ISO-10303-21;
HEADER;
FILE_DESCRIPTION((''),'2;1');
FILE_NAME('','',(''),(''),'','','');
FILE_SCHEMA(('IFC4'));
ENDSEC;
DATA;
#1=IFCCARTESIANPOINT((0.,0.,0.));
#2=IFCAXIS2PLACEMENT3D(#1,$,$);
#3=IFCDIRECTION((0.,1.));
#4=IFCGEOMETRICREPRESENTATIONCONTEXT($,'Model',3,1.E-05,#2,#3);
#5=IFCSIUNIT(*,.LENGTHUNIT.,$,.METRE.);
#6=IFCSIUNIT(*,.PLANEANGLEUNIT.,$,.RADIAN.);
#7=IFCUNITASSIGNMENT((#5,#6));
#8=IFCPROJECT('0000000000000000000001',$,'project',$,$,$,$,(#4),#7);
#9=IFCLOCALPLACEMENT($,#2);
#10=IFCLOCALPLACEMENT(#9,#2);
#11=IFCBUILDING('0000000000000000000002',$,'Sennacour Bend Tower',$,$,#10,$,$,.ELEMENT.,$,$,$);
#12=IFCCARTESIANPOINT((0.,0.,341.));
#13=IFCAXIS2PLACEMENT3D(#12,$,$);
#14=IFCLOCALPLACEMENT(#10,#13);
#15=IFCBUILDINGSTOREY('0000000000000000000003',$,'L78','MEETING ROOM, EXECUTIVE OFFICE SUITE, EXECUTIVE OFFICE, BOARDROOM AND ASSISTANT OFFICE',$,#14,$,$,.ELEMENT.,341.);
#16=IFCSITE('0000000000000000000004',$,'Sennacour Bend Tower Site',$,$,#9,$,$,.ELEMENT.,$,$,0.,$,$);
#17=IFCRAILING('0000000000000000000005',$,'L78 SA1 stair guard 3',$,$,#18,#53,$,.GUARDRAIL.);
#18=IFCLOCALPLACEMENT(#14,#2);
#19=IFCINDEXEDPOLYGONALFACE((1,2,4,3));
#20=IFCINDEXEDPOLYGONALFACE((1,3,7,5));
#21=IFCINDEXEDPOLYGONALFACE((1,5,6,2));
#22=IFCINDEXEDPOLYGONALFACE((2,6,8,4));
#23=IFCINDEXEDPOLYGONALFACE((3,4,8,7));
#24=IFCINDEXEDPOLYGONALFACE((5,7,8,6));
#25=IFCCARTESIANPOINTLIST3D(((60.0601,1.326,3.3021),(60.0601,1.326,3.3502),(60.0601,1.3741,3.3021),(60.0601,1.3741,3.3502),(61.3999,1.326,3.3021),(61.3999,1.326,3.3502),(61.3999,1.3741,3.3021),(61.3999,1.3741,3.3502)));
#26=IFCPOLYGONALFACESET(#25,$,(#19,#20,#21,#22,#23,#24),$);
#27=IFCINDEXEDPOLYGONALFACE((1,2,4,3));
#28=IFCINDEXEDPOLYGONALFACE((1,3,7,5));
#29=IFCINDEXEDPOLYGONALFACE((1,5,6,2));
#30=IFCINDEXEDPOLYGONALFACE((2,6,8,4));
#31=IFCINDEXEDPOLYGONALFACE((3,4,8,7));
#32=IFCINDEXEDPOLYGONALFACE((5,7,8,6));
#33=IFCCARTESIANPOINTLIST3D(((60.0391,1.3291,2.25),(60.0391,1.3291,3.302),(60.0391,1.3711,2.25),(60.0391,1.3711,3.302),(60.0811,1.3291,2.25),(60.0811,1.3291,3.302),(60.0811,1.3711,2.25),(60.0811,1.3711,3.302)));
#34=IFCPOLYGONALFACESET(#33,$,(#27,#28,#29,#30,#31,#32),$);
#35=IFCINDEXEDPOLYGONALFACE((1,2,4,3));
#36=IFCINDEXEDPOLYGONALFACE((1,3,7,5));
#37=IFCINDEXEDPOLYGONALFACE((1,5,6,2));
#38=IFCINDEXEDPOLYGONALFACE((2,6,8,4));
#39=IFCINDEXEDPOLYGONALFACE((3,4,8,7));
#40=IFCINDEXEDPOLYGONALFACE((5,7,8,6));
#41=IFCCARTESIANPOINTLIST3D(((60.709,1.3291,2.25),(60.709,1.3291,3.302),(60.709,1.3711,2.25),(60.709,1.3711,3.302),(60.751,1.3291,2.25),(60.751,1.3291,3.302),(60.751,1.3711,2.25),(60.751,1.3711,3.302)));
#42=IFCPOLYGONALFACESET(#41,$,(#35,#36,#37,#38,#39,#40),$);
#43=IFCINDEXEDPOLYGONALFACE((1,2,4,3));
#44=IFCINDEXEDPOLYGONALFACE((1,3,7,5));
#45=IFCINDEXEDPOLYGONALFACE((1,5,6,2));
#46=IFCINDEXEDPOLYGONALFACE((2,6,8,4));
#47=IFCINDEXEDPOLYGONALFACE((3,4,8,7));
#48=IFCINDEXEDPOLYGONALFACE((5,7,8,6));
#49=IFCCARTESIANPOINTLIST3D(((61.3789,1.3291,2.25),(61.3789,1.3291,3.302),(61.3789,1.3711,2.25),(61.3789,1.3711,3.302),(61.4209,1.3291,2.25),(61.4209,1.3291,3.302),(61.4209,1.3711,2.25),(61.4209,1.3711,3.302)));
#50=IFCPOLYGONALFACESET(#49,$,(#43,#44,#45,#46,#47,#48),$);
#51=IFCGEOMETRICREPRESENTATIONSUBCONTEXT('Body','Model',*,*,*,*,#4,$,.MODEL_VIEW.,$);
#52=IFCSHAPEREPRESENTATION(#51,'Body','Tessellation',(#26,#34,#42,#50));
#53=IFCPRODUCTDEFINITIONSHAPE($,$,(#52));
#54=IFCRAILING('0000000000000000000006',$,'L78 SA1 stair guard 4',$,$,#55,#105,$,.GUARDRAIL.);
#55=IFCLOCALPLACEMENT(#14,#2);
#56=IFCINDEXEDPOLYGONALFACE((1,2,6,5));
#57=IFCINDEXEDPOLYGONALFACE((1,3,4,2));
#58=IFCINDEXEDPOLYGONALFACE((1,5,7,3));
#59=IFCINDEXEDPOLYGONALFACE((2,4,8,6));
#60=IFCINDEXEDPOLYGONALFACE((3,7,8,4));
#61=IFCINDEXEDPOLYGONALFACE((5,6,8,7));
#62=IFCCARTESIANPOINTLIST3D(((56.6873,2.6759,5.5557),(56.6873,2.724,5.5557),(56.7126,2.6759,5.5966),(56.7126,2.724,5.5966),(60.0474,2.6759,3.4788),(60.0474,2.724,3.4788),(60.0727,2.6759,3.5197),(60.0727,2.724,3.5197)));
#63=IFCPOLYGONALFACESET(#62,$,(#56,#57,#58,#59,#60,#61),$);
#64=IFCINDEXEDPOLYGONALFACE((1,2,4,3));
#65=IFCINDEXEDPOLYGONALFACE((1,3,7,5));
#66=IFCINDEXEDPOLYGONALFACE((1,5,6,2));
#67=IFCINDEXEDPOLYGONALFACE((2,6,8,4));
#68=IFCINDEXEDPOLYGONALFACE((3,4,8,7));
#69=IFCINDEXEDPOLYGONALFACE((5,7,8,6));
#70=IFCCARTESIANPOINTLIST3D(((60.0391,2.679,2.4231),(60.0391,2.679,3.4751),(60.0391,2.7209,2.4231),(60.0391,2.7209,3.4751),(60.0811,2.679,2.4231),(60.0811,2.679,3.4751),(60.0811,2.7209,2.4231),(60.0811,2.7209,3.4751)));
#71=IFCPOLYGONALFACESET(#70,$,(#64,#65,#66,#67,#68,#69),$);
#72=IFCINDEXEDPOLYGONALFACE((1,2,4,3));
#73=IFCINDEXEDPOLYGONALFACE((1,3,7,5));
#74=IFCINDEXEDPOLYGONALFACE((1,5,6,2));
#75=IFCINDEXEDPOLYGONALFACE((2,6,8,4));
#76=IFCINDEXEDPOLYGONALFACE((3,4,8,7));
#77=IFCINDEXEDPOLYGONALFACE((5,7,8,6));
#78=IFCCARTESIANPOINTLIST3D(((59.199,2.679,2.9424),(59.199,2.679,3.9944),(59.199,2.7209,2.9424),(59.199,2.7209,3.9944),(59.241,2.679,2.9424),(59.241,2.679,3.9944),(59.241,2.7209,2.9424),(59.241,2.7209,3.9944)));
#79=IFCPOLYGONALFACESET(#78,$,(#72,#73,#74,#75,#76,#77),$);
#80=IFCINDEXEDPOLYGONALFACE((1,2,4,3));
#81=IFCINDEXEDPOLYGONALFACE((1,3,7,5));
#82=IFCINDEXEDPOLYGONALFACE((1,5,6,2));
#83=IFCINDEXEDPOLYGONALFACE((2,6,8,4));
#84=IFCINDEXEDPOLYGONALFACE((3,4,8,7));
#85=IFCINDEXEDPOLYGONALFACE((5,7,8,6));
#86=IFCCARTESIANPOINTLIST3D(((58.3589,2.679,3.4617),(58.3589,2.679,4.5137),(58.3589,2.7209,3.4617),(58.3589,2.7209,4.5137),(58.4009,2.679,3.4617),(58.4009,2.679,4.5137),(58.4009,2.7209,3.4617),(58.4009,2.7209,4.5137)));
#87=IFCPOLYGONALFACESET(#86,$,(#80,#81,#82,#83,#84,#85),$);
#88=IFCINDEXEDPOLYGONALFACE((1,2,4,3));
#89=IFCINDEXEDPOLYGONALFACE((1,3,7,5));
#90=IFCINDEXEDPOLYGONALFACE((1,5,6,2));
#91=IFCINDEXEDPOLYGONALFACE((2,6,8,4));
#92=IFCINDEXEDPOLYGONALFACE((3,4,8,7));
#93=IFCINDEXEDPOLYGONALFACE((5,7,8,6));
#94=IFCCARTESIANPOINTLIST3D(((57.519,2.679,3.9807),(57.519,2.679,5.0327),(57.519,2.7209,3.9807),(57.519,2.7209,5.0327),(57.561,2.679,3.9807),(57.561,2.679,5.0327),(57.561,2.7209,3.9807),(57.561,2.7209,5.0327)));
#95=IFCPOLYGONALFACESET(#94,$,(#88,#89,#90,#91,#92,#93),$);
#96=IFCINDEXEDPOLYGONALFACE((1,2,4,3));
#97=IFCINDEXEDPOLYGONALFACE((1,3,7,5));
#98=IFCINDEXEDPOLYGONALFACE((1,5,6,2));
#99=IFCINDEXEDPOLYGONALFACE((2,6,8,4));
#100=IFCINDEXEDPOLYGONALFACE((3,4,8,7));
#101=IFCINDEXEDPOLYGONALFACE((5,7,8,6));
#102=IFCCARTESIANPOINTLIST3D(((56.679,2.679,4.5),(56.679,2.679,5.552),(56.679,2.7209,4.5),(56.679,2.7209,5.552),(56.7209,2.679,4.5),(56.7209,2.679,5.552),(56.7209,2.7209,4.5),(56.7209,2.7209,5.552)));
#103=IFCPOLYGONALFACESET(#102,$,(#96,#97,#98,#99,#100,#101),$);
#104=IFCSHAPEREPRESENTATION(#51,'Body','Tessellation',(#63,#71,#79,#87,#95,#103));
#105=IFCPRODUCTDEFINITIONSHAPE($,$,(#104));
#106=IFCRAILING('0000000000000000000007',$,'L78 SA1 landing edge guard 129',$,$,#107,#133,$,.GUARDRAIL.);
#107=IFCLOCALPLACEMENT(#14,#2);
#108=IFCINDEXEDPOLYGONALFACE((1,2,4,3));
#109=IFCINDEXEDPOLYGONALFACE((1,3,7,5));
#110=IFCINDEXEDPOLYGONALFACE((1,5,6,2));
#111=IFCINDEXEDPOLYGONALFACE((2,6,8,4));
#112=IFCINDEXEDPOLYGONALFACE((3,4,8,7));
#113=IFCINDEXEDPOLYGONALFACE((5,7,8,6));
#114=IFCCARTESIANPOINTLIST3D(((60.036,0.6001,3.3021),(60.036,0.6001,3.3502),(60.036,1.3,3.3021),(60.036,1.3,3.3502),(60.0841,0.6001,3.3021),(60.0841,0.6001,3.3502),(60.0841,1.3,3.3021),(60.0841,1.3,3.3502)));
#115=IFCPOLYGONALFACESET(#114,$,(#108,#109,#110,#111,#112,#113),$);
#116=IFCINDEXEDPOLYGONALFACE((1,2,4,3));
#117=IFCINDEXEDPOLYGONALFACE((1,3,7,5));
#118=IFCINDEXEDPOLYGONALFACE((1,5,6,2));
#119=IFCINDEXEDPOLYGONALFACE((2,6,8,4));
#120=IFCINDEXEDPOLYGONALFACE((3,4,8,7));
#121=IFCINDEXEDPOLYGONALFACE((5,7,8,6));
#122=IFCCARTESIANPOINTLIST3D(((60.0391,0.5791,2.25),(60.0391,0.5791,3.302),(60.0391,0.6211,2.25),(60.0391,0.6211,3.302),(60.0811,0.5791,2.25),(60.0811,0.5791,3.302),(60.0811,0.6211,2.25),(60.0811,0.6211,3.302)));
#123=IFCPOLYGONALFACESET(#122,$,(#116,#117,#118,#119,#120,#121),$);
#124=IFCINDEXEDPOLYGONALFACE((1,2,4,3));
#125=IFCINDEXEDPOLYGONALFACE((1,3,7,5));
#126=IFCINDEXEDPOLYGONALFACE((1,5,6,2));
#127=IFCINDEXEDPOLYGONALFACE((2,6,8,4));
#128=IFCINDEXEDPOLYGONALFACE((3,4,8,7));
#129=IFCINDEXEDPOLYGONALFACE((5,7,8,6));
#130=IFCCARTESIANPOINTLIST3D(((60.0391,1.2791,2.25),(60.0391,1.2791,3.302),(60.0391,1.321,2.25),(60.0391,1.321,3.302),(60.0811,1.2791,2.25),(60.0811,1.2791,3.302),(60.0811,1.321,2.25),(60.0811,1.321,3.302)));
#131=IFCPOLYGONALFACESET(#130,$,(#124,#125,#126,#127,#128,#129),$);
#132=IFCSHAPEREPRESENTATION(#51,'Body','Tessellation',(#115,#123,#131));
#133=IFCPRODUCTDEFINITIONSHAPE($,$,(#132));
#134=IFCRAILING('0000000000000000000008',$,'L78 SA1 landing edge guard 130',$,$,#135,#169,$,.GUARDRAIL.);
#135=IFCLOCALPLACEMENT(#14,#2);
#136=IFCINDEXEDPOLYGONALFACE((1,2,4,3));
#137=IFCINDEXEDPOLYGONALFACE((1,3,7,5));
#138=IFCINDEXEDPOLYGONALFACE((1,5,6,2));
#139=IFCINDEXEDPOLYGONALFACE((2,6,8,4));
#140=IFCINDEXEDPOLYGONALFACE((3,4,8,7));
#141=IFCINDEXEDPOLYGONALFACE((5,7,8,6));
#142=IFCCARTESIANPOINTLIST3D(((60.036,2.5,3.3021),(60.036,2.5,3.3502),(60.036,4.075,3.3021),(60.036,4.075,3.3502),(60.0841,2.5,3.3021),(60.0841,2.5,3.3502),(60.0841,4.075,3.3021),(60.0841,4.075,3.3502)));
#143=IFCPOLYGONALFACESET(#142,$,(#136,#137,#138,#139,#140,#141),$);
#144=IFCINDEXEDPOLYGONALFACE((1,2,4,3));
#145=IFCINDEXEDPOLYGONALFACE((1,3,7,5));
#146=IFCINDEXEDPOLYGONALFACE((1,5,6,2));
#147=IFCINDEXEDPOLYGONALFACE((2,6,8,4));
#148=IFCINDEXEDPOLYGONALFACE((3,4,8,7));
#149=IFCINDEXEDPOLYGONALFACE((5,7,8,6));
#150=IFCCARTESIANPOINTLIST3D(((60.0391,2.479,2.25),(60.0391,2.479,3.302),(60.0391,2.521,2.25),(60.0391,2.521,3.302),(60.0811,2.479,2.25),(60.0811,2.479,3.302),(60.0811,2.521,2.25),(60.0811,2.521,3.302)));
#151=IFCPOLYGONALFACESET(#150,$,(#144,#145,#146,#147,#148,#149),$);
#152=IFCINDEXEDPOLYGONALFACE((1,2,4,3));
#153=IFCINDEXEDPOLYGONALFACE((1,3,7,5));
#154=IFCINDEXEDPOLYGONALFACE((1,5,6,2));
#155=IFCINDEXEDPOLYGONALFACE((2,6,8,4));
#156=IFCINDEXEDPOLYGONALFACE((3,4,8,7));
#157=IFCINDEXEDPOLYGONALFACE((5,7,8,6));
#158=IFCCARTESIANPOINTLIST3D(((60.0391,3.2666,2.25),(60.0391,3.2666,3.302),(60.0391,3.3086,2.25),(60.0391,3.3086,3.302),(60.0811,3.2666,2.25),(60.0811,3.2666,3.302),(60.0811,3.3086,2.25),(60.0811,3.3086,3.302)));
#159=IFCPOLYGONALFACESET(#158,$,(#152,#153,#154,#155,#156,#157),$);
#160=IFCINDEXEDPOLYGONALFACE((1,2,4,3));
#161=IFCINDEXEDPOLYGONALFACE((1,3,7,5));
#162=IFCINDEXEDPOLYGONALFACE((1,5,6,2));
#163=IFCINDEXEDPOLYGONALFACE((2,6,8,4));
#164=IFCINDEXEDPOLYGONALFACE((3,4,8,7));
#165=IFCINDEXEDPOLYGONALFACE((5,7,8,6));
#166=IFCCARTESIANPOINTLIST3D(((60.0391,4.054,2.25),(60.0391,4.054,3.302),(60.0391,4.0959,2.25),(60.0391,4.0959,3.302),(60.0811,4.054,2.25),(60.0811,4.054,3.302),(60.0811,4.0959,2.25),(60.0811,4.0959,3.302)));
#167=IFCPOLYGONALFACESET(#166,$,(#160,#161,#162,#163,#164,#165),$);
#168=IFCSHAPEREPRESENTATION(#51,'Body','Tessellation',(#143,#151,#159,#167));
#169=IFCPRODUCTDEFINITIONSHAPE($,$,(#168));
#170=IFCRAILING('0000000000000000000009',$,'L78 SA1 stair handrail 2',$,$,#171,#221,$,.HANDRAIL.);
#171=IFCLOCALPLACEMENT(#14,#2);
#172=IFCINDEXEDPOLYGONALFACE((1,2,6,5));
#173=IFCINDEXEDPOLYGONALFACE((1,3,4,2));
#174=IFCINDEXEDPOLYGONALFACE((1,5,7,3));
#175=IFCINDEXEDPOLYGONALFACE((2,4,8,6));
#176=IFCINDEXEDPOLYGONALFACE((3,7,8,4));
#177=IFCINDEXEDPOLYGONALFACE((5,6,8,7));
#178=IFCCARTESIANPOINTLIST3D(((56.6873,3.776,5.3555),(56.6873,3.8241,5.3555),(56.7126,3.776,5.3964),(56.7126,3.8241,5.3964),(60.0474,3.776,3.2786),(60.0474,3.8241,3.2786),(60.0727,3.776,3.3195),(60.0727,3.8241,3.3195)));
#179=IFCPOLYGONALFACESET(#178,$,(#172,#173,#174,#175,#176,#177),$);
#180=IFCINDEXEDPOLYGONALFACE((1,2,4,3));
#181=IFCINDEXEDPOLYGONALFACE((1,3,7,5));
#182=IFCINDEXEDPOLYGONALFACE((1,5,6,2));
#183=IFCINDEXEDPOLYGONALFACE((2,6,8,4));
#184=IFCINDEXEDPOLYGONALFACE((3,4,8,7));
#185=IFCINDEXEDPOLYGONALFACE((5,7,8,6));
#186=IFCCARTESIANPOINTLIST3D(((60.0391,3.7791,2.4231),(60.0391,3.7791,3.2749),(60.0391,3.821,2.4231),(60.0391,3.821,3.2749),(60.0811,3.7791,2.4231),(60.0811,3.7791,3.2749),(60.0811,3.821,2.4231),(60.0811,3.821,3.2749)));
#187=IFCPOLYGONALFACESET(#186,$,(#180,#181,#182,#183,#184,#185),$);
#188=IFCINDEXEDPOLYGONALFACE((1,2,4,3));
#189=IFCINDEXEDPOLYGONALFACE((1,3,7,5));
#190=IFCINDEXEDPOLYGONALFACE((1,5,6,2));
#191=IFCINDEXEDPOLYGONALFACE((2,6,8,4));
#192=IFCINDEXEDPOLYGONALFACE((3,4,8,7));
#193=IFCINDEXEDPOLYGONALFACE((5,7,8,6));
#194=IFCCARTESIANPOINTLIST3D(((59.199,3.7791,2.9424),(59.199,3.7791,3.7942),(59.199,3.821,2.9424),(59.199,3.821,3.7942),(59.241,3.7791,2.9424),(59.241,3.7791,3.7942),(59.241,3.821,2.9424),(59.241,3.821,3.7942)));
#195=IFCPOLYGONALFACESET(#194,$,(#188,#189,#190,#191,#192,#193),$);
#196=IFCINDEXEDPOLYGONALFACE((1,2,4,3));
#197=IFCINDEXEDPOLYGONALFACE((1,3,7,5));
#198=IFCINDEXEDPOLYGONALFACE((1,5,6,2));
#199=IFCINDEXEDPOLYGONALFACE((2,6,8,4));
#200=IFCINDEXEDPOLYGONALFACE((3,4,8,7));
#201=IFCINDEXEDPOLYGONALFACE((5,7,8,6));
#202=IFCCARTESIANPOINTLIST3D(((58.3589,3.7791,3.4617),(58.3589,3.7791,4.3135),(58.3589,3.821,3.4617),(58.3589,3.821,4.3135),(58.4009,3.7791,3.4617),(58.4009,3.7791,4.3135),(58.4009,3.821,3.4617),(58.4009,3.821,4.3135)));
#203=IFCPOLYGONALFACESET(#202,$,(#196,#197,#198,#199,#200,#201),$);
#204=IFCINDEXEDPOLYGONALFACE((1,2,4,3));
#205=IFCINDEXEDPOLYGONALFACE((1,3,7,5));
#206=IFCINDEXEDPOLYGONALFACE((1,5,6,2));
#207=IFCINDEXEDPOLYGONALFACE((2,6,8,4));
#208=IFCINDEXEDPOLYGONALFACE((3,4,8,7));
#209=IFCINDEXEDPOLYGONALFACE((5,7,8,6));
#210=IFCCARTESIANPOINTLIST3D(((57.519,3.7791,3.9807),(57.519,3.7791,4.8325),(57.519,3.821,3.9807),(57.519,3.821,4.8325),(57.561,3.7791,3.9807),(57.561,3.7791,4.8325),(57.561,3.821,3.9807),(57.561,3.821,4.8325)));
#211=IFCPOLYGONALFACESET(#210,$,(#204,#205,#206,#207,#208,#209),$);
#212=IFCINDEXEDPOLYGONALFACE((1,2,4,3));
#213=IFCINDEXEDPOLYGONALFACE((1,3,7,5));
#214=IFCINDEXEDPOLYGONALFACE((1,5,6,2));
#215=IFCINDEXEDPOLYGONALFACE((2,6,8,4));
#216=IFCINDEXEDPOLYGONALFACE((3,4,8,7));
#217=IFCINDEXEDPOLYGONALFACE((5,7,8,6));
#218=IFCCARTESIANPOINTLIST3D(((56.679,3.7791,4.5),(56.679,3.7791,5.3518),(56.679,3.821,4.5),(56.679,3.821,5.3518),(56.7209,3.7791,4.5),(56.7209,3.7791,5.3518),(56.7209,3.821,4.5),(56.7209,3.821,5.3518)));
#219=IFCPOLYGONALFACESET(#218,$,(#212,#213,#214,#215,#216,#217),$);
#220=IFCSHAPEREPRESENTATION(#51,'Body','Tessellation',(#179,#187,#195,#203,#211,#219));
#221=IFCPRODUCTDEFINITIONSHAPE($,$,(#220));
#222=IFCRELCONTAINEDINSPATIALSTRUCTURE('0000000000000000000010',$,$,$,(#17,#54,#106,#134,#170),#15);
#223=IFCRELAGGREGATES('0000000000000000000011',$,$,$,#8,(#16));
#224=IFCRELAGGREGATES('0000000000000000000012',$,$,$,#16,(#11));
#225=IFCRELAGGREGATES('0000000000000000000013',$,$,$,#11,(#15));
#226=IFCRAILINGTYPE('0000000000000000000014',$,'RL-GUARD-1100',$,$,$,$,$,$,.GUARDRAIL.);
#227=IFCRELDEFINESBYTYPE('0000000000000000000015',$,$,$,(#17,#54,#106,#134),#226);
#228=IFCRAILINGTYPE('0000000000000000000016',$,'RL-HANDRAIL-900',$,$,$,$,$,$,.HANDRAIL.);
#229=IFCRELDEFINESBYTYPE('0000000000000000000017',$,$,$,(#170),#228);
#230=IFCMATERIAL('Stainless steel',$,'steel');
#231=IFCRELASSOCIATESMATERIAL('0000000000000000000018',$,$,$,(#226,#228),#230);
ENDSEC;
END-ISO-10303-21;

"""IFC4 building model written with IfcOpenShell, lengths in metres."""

from ifc_helpers import new_model, si_unit, direction, frame, origin, origin_2d, place, context, subcontext, project, spatial, rectangle, extrude, material, type_object, element, save


model = new_model("IFC4")

# Units and contexts
model_context = context("Model", 3, precision=1e-05, world=origin(), true_north=direction((0.0, 1.0)))
body_context = subcontext(model_context, "Body", "Model", "MODEL_VIEW")
ifc_project = project(units=[si_unit("LENGTHUNIT", "METRE"), si_unit("PLANEANGLEUNIT", "RADIAN")], contexts=[model_context])

# Site, building, storey
site_placement = place(None, origin())
site = spatial("IfcSite", under=ifc_project, at=site_placement, Name="Sennacour Bend Tower Site", CompositionType="ELEMENT", RefElevation=0.0)
building_placement = place(site_placement, origin())
building = spatial("IfcBuilding", under=site, at=building_placement, Name="Sennacour Bend Tower", CompositionType="ELEMENT")
storey_placement = place(building_placement, frame((0.0, 0.0, 341.0)))
storey = spatial("IfcBuildingStorey", under=building, at=storey_placement, Name="L78", Description="MEETING ROOM, EXECUTIVE OFFICE SUITE, EXECUTIVE OFFICE, BOARDROOM AND ASSISTANT OFFICE", CompositionType="ELEMENT", Elevation=341.0)

# Railings
ifc_material_1 = material(Name="Stainless steel", Category="steel")
railing_type_1 = type_object("IfcRailingType", Name="RL-GUARD-1100", PredefinedType="GUARDRAIL", material=ifc_material_1)
railing_1_placement = place(storey_placement, frame((60.0601, 1.3501, 2.25)))
element("IfcRailing", 1, at=railing_1_placement, inside=storey, type_object=railing_type_1, Name="L78 SA1 stair guard 3", PredefinedType="GUARDRAIL", context=body_context, shape_type="SweptSolid", body=[
    extrude(rectangle(XDim=0.0481, YDim=0.0481, at=origin_2d()), frame((0.0, 0.0, 1.0762), z_axis=(1.0, 0.0, 0.0), x_axis=(0.0, 1.0, 0.0)), (0.0, 0.0, 1.0), 1.3398),
    extrude(rectangle(XDim=0.042, YDim=0.042, at=origin_2d()), origin(), (0.0, 0.0, 1.0), 1.052),
    extrude(rectangle(XDim=0.042, YDim=0.042, at=origin_2d()), frame((0.6699, 0.0, 0.0)), (0.0, 0.0, 1.0), 1.052),
    extrude(rectangle(XDim=0.042, YDim=0.042, at=origin_2d()), frame((1.3398, 0.0, 0.0)), (0.0, 0.0, 1.0), 1.052),
])
railing_2_placement = place(storey_placement, frame((60.0601, 2.7, 2.4231)))
element("IfcRailing", 2, at=railing_2_placement, inside=storey, type_object=railing_type_1, Name="L78 SA1 stair guard 4", PredefinedType="GUARDRAIL", context=body_context, shape_type="SweptSolid", body=[
    extrude(rectangle(XDim=0.0481, YDim=0.0481, at=origin_2d()), frame((0.0, 0.0, 1.0762), z_axis=(-0.850623, 0.0, 0.525776), x_axis=(0.0, -1.0, 0.0)), (0.0, 0.0, 1.0), 3.9502),
    extrude(rectangle(XDim=0.042, YDim=0.042, at=origin_2d()), origin(), (0.0, 0.0, 1.0), 1.052),
    extrude(rectangle(XDim=0.042, YDim=0.042, at=origin_2d()), frame((-0.8401, 0.0, 0.5193)), (0.0, 0.0, 1.0), 1.052),
    extrude(rectangle(XDim=0.042, YDim=0.042, at=origin_2d()), frame((-1.6802, 0.0, 1.0386)), (0.0, 0.0, 1.0), 1.052),
    extrude(rectangle(XDim=0.042, YDim=0.042, at=origin_2d()), frame((-2.52, 0.0, 1.5576)), (0.0, 0.0, 1.0), 1.052),
    extrude(rectangle(XDim=0.042, YDim=0.042, at=origin_2d()), frame((-3.3601, 0.0, 2.0769)), (0.0, 0.0, 1.0), 1.052),
])
railing_3_placement = place(storey_placement, frame((60.0601, 0.6001, 2.25)))
element("IfcRailing", 3, at=railing_3_placement, inside=storey, type_object=railing_type_1, Name="L78 SA1 landing edge guard 129", PredefinedType="GUARDRAIL", context=body_context, shape_type="SweptSolid", body=[
    extrude(rectangle(XDim=0.0481, YDim=0.0481, at=origin_2d()), frame((0.0, 0.0, 1.0762), z_axis=(0.0, 1.0, 0.0), x_axis=(-1.0, 0.0, 0.0)), (0.0, 0.0, 1.0), 0.7),
    extrude(rectangle(XDim=0.042, YDim=0.042, at=origin_2d()), origin(), (0.0, 0.0, 1.0), 1.052),
    extrude(rectangle(XDim=0.042, YDim=0.042, at=origin_2d()), frame((0.0, 0.7, 0.0)), (0.0, 0.0, 1.0), 1.052),
])
railing_4_placement = place(storey_placement, frame((60.0601, 2.5, 2.25)))
element("IfcRailing", 4, at=railing_4_placement, inside=storey, type_object=railing_type_1, Name="L78 SA1 landing edge guard 130", PredefinedType="GUARDRAIL", context=body_context, shape_type="SweptSolid", body=[
    extrude(rectangle(XDim=0.0481, YDim=0.0481, at=origin_2d()), frame((0.0, 0.0, 1.0762), z_axis=(0.0, 1.0, 0.0), x_axis=(-1.0, 0.0, 0.0)), (0.0, 0.0, 1.0), 1.575),
    extrude(rectangle(XDim=0.042, YDim=0.042, at=origin_2d()), origin(), (0.0, 0.0, 1.0), 1.052),
    extrude(rectangle(XDim=0.042, YDim=0.042, at=origin_2d()), frame((0.0, 0.7876, 0.0)), (0.0, 0.0, 1.0), 1.052),
    extrude(rectangle(XDim=0.042, YDim=0.042, at=origin_2d()), frame((0.0, 1.575, 0.0)), (0.0, 0.0, 1.0), 1.052),
])
railing_type_2 = type_object("IfcRailingType", Name="RL-HANDRAIL-900", PredefinedType="HANDRAIL", material=ifc_material_1)
railing_5_placement = place(storey_placement, frame((60.0601, 3.8, 2.4231)))
element("IfcRailing", 5, at=railing_5_placement, inside=storey, type_object=railing_type_2, Name="L78 SA1 stair handrail 2", PredefinedType="HANDRAIL", context=body_context, shape_type="SweptSolid", body=[
    extrude(rectangle(XDim=0.0481, YDim=0.0481, at=origin_2d()), frame((0.0, 0.0, 0.876), z_axis=(-0.850623, 0.0, 0.525776), x_axis=(0.0, -1.0, 0.0)), (0.0, 0.0, 1.0), 3.9502),
    extrude(rectangle(XDim=0.042, YDim=0.042, at=origin_2d()), origin(), (0.0, 0.0, 1.0), 0.8518),
    extrude(rectangle(XDim=0.042, YDim=0.042, at=origin_2d()), frame((-0.8401, 0.0, 0.5193)), (0.0, 0.0, 1.0), 0.8518),
    extrude(rectangle(XDim=0.042, YDim=0.042, at=origin_2d()), frame((-1.6802, 0.0, 1.0386)), (0.0, 0.0, 1.0), 0.8518),
    extrude(rectangle(XDim=0.042, YDim=0.042, at=origin_2d()), frame((-2.52, 0.0, 1.5576)), (0.0, 0.0, 1.0), 0.8518),
    extrude(rectangle(XDim=0.042, YDim=0.042, at=origin_2d()), frame((-3.3601, 0.0, 2.0769)), (0.0, 0.0, 1.0), 0.8518),
])

save(model, "model.ifc")
